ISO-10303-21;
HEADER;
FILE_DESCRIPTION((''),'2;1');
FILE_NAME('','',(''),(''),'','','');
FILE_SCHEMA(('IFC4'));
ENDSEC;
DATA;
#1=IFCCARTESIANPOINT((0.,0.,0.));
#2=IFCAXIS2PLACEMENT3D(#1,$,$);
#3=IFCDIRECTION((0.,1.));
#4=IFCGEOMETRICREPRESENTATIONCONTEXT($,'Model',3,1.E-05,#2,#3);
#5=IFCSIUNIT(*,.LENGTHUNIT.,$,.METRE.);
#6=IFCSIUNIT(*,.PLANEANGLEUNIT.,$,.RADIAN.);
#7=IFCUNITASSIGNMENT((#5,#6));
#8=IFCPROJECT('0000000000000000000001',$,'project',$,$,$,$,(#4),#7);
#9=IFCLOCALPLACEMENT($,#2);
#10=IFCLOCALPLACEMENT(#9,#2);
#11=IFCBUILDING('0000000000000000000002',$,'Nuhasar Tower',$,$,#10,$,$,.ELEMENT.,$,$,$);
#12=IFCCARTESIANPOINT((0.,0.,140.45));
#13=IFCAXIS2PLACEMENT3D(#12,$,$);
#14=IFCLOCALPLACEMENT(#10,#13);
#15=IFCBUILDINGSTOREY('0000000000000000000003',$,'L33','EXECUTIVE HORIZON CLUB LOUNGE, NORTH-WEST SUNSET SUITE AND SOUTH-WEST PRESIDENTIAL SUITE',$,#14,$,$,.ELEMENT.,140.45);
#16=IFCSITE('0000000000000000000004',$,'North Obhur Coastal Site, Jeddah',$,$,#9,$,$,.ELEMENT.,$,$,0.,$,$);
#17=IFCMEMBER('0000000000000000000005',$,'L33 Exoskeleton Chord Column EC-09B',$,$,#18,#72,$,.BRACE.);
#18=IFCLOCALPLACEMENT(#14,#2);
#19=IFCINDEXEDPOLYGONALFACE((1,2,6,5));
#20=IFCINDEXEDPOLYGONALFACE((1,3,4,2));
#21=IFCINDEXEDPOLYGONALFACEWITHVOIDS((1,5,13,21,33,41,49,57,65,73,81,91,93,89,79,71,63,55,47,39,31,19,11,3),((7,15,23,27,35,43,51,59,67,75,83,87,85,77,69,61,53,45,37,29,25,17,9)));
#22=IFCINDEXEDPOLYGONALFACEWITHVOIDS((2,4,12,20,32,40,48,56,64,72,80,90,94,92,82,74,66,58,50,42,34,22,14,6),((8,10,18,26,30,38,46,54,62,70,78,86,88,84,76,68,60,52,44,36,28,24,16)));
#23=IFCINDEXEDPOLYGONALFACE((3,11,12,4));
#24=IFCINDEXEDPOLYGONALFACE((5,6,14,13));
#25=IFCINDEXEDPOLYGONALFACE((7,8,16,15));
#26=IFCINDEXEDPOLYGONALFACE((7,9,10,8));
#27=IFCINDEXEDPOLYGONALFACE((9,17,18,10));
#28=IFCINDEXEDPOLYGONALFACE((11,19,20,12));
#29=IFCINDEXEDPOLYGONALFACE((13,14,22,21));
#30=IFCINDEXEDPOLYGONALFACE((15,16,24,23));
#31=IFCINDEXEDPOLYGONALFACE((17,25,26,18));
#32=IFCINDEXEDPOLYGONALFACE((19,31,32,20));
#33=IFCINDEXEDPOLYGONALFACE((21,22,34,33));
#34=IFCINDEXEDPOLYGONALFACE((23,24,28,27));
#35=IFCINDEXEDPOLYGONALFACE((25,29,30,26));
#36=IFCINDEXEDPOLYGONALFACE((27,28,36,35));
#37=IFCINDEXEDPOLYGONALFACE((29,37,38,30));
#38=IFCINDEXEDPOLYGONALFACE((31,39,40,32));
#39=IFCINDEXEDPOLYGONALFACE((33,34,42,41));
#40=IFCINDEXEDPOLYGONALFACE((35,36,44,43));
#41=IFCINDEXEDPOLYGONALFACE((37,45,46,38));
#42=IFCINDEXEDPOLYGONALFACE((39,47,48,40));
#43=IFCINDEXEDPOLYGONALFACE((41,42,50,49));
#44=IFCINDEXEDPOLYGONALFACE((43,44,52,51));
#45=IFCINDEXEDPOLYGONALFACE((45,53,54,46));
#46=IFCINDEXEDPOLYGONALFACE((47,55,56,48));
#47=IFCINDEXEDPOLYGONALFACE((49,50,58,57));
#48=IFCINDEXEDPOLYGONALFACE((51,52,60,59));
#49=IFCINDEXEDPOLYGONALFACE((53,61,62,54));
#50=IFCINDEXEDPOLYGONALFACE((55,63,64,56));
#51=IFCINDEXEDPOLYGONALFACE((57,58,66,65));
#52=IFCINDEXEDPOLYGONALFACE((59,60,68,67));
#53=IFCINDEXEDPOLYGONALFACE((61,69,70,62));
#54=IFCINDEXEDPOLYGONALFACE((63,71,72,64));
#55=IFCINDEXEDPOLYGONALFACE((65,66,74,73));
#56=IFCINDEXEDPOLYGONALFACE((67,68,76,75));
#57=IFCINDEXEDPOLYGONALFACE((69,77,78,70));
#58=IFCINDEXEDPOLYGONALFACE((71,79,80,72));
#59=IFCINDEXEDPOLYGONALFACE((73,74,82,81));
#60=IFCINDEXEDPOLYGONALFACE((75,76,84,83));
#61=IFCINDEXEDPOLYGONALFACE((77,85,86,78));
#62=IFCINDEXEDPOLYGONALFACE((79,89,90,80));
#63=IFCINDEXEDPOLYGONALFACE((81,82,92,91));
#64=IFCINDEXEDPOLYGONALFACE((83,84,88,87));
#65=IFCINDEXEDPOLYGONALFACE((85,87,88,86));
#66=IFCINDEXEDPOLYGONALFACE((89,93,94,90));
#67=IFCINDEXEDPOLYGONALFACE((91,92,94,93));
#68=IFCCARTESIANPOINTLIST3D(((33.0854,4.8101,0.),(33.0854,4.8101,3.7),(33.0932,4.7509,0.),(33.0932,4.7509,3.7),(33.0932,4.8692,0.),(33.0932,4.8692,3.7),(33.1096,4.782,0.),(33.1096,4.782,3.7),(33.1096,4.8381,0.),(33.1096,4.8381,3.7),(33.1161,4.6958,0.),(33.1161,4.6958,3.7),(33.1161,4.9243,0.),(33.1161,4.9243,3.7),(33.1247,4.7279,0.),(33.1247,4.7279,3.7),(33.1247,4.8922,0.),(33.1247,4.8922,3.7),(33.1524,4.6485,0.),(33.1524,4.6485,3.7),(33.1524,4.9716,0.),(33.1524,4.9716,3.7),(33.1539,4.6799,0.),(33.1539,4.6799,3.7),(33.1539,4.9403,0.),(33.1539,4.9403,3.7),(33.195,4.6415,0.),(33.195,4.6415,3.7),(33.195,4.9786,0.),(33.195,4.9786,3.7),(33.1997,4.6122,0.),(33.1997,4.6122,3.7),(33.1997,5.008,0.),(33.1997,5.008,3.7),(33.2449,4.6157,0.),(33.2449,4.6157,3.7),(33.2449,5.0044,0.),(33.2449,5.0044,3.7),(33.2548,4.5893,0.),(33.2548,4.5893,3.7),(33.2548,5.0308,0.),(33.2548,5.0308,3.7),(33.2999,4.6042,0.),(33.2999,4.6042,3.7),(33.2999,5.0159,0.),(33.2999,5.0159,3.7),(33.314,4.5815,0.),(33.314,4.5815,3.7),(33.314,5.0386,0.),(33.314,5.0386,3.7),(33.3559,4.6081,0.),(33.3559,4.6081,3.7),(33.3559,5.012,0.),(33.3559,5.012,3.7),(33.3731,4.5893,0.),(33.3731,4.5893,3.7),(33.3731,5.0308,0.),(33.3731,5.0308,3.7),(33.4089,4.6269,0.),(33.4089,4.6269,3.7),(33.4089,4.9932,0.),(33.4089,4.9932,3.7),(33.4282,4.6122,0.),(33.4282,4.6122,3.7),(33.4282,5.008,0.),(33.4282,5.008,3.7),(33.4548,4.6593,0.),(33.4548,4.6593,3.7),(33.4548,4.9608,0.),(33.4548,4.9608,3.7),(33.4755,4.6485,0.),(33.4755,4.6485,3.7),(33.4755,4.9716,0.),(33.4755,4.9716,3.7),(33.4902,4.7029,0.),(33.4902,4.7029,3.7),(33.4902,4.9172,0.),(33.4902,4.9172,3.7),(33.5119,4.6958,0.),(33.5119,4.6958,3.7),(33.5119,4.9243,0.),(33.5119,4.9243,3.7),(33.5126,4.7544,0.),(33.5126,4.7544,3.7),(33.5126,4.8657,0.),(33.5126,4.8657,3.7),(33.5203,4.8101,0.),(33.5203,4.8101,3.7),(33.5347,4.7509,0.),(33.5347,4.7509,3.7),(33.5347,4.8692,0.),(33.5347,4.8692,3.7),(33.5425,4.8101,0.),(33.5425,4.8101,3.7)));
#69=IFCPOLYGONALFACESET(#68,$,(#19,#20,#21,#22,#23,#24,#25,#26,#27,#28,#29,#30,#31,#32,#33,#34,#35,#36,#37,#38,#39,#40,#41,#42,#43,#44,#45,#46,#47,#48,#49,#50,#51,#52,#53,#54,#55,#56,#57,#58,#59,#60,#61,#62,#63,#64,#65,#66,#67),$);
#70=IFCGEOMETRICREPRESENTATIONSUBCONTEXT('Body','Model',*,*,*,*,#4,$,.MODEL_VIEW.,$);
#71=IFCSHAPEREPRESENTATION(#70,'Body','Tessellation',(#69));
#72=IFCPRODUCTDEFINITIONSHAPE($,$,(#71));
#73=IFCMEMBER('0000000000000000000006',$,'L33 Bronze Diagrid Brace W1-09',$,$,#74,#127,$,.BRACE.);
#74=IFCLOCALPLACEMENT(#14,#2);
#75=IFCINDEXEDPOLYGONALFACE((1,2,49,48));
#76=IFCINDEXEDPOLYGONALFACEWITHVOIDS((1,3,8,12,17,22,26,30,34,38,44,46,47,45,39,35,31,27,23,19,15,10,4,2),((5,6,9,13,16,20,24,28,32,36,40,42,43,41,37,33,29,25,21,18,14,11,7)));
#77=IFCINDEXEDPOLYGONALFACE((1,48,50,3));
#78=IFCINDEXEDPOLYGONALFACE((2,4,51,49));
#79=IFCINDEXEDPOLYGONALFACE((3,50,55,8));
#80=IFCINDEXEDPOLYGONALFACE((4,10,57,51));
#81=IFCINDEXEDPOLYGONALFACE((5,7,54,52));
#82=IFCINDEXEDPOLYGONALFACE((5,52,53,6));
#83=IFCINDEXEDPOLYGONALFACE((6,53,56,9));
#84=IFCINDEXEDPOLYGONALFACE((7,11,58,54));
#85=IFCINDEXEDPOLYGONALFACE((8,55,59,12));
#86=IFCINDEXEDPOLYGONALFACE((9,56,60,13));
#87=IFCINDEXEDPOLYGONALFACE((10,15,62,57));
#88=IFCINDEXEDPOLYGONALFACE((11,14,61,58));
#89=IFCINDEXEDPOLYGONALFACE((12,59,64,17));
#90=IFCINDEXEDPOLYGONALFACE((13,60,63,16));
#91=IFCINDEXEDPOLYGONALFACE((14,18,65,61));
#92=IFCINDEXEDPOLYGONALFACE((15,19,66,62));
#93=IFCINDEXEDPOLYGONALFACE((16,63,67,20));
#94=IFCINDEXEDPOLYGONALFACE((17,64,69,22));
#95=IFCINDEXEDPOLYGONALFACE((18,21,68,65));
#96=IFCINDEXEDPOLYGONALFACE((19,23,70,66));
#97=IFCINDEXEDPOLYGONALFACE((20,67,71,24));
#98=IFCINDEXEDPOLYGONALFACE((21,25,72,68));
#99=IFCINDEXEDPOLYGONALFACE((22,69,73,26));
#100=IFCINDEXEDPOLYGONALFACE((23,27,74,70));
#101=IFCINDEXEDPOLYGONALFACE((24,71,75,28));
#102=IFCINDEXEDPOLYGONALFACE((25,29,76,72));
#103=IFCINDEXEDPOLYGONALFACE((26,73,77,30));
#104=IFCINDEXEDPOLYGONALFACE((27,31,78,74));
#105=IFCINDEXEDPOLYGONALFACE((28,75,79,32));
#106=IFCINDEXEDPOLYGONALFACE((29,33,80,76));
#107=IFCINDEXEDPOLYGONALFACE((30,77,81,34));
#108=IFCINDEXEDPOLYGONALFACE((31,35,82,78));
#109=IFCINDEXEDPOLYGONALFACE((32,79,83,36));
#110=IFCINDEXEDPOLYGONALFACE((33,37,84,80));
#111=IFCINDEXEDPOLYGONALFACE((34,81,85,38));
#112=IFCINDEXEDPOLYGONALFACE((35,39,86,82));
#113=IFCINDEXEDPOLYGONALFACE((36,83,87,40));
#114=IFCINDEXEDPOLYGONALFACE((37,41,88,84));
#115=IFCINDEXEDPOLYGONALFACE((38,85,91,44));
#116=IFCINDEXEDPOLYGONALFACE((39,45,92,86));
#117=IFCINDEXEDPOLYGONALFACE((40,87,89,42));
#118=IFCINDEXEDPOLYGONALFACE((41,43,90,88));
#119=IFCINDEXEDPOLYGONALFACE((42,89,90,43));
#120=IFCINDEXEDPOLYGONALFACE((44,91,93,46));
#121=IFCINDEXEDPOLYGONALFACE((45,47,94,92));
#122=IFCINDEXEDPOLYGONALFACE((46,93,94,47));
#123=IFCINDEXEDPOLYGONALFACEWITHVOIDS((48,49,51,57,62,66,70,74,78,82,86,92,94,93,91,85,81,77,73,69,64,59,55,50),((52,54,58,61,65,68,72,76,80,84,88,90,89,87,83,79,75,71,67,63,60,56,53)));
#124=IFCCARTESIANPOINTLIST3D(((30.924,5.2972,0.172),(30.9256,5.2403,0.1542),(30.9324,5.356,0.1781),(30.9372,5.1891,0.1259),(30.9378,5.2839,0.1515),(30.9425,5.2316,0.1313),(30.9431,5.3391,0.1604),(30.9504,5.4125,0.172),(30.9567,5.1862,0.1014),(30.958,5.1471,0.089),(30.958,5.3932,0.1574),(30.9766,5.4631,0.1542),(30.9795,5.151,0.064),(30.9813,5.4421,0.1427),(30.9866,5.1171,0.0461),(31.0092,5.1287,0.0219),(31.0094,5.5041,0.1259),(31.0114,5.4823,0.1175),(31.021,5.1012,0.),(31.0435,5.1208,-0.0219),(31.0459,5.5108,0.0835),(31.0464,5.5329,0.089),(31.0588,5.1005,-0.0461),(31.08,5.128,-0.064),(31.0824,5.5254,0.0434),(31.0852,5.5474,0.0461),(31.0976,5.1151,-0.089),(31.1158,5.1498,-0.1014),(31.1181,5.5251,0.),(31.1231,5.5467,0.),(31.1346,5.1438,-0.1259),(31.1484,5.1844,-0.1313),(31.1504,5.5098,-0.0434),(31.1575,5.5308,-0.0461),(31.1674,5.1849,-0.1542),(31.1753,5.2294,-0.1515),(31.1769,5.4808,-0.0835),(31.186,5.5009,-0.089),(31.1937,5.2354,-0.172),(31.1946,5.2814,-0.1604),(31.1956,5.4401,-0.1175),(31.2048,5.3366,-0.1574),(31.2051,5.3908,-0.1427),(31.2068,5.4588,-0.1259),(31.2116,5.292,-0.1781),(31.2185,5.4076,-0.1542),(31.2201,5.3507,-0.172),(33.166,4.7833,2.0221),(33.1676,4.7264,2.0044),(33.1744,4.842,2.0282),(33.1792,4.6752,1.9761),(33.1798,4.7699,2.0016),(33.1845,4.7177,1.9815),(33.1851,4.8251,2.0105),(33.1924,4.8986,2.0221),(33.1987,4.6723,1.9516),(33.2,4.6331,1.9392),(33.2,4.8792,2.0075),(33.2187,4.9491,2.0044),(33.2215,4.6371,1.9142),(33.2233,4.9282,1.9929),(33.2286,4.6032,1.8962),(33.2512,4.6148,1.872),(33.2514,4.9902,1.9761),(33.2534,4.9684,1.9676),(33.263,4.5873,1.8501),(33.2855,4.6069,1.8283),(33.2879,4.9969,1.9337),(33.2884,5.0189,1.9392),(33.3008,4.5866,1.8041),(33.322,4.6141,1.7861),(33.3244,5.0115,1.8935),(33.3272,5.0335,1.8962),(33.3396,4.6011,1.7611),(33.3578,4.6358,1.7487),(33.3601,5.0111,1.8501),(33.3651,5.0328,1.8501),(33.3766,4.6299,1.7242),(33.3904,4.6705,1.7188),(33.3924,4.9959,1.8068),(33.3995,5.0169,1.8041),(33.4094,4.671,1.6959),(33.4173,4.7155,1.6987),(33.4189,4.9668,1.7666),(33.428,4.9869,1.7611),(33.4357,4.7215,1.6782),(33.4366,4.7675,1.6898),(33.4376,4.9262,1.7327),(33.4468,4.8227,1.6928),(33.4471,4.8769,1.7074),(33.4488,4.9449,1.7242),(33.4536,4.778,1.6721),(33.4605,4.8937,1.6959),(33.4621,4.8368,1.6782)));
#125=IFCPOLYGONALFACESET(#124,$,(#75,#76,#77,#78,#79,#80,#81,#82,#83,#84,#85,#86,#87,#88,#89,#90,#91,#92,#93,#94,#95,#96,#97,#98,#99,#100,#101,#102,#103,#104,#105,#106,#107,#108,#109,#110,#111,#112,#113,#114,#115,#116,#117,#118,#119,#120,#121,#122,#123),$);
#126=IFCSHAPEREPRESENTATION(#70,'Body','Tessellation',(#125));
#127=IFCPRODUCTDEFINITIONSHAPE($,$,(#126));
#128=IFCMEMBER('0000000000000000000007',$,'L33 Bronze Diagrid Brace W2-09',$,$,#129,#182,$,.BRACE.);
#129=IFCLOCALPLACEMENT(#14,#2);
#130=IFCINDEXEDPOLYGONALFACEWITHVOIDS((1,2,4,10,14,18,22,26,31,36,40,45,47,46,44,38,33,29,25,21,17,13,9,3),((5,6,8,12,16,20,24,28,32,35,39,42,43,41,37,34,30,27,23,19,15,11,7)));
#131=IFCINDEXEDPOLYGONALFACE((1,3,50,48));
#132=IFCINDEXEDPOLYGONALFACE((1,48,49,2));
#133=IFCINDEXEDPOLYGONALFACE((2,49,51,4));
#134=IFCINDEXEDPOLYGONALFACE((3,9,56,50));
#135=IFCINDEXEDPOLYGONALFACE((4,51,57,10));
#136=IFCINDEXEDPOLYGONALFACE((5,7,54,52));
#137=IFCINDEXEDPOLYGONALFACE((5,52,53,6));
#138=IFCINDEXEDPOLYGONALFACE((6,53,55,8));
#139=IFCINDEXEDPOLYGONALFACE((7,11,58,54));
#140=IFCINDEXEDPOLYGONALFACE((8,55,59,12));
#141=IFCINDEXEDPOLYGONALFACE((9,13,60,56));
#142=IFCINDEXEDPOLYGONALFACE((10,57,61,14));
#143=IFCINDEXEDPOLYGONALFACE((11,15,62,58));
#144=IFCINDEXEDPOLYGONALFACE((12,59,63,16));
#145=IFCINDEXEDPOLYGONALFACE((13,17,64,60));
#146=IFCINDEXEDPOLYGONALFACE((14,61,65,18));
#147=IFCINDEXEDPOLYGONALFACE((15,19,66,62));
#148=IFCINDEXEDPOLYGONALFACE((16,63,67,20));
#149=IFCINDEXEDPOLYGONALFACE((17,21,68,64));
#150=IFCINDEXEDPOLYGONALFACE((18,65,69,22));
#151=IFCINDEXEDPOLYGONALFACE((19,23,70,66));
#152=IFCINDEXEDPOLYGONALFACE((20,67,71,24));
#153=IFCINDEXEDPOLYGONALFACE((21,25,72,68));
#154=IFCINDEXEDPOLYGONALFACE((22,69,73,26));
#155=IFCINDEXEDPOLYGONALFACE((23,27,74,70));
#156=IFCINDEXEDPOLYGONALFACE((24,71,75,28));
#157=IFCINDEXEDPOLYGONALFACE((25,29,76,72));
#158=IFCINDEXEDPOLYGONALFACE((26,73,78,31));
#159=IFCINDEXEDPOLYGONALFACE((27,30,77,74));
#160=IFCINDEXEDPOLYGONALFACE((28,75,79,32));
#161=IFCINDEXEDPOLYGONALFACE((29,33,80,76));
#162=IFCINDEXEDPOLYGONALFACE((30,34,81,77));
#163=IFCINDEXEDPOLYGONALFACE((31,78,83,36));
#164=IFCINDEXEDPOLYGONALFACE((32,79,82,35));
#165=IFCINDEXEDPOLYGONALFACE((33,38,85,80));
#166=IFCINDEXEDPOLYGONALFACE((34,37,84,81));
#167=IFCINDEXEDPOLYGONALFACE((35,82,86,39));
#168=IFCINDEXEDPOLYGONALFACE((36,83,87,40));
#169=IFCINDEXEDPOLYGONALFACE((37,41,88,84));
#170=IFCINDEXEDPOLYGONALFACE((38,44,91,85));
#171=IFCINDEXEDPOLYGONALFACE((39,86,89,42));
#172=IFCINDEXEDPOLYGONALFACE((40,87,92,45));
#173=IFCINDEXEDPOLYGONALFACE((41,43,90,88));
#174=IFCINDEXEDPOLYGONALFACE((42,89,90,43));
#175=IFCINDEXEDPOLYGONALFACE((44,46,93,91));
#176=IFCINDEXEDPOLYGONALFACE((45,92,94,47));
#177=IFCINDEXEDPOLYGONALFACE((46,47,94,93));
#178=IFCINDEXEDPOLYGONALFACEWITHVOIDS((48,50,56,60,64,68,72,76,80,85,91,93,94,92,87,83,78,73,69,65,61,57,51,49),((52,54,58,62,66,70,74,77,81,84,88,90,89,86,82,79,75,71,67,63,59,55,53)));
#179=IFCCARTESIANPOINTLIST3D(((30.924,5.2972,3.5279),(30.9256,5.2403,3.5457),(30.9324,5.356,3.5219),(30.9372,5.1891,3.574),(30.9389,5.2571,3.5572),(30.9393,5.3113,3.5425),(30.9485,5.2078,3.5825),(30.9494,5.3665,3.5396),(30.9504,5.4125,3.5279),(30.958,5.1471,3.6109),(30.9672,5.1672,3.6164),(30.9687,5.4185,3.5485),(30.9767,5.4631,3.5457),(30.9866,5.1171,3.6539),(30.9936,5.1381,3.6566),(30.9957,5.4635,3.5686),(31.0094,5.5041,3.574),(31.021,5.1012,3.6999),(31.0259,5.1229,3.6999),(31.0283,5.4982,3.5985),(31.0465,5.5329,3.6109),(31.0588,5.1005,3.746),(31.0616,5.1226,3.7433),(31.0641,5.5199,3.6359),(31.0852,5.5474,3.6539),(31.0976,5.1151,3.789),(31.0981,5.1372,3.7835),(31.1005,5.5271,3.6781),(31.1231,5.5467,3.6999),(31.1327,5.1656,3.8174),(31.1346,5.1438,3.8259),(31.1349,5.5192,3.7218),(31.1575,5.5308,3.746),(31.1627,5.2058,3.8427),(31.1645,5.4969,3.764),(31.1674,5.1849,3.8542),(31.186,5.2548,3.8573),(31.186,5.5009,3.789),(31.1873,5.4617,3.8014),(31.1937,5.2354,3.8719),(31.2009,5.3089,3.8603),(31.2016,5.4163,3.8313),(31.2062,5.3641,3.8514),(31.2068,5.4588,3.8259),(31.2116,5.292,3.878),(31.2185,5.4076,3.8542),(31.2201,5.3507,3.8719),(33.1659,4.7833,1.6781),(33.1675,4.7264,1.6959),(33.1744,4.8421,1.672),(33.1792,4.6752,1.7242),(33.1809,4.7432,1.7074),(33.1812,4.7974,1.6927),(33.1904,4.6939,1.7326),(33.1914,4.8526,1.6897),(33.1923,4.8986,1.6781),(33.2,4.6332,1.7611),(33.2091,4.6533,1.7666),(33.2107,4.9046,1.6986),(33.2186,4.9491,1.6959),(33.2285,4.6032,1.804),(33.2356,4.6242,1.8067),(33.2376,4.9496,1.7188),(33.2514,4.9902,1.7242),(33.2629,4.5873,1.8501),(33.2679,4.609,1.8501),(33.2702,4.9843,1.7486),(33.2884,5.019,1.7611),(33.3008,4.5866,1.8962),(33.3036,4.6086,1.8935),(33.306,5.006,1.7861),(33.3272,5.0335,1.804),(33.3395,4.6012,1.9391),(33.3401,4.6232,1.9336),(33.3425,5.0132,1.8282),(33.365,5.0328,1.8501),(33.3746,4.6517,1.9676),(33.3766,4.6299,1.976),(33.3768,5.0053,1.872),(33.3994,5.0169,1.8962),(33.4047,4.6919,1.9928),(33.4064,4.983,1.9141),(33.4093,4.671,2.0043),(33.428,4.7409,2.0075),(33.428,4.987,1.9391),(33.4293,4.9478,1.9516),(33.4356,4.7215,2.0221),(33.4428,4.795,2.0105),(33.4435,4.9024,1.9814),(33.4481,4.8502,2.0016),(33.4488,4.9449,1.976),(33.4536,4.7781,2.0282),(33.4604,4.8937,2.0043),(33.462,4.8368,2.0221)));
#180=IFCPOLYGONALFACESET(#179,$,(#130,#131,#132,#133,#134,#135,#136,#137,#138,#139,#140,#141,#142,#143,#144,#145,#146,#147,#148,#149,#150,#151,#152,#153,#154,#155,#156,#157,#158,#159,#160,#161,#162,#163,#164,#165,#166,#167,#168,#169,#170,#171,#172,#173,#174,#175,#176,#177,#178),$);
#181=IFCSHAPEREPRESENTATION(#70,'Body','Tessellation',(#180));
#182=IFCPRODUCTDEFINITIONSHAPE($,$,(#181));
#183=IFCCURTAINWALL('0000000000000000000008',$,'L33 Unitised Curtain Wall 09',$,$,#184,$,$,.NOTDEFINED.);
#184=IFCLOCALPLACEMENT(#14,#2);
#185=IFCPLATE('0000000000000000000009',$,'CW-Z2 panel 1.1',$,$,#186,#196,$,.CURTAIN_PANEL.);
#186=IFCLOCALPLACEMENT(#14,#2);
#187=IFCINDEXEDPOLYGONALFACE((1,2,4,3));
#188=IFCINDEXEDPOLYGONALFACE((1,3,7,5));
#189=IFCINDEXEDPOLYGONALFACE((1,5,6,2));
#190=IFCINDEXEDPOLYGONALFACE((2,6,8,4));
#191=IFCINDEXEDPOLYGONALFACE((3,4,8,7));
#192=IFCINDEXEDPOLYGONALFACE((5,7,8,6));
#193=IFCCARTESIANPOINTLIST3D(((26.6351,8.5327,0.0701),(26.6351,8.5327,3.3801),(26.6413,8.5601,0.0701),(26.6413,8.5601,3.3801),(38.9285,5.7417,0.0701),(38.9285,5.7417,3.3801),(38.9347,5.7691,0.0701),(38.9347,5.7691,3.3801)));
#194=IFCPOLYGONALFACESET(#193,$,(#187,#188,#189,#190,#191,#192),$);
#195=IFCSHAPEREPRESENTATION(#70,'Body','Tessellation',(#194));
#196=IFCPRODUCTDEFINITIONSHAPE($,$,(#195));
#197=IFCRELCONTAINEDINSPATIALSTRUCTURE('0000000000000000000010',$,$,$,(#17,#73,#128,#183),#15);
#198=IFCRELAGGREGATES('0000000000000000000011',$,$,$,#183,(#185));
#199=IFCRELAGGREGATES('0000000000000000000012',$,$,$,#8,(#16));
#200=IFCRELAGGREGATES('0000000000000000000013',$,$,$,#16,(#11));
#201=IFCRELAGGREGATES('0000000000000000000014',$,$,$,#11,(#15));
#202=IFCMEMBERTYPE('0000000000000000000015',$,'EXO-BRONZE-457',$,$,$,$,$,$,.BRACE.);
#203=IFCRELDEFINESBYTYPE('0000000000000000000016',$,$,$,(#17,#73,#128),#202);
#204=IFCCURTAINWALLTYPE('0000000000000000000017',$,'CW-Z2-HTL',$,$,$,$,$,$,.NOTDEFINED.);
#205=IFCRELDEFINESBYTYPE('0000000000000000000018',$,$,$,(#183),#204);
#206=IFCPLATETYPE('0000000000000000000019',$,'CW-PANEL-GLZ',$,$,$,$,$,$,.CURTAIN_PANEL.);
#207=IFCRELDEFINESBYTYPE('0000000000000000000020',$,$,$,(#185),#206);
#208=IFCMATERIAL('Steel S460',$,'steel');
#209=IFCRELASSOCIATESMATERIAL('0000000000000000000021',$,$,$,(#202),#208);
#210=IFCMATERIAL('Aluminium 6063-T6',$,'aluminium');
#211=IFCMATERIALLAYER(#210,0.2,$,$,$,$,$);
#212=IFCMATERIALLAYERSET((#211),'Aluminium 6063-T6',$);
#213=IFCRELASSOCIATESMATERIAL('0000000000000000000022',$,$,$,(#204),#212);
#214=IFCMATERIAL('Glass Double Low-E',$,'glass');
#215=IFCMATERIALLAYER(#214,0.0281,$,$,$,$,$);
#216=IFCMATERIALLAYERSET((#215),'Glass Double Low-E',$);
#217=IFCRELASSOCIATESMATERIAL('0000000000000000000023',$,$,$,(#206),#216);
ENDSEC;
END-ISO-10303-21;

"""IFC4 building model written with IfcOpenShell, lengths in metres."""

from ifc_helpers import new_model, si_unit, direction, frame, origin, origin_2d, place, context, subcontext, project, spatial, rectangle, hollow_circle, extrude, material, layer, layer_set, material_profile, profile_set, type_object, element, aggregate, save


model = new_model("IFC4")

# Units and contexts
model_context = context("Model", 3, precision=1e-05, world=origin(), true_north=direction((0.0, 1.0)))
body_context = subcontext(model_context, "Body", "Model", "MODEL_VIEW")
ifc_project = project(units=[si_unit("LENGTHUNIT", "METRE"), si_unit("PLANEANGLEUNIT", "RADIAN")], contexts=[model_context])

# Site, building, storey
site_placement = place(None, origin())
site = spatial("IfcSite", under=ifc_project, at=site_placement, Name="North Obhur Coastal Site, Jeddah", CompositionType="ELEMENT", RefElevation=0.0)
building_placement = place(site_placement, origin())
building = spatial("IfcBuilding", under=site, at=building_placement, Name="Nuhasar Tower", CompositionType="ELEMENT")
storey_placement = place(building_placement, frame((0.0, 0.0, 140.45)))
storey = spatial("IfcBuildingStorey", under=building, at=storey_placement, Name="L33", Description="EXECUTIVE HORIZON CLUB LOUNGE, NORTH-WEST SUNSET SUITE AND SOUTH-WEST PRESIDENTIAL SUITE", CompositionType="ELEMENT", Elevation=140.45)

# Members
ifc_material_1 = material(Name="Steel S460", Category="steel")
ifc_material_profile_1 = material_profile(ifc_material_1, hollow_circle(Radius=0.2285, WallThickness=0.0222, at=origin_2d()), Name="HSS457X22.2")
ifc_profile_set_1 = profile_set([ifc_material_profile_1], Name="Steel S460")
member_type = type_object("IfcMemberType", Name="EXO-BRONZE-457", PredefinedType="BRACE", material=ifc_profile_set_1)
for number, where, z_axis, x_axis, name in (
    (1, (33.314, 4.8101, 0.0), (0.0, 0.0, 1.0), (1.0, 0.0, 0.0), "L33 Exoskeleton Chord Column EC-09B"),
):
    element("IfcMember", number, at=place(storey_placement, frame(where, z_axis=z_axis, x_axis=x_axis)), inside=storey, type_object=member_type, Name=name, PredefinedType="BRACE", context=body_context, shape_type="SweptSolid", body=[
        extrude(hollow_circle(Radius=0.2285, WallThickness=0.0222, at=origin_2d()), origin(), (0.0, 0.0, 1.0), 3.7),
    ])
member_1_placement = place(storey_placement, frame((31.072, 5.324, 0.0), z_axis=(0.75951, -0.174101, 0.626764), x_axis=(0.223433, 0.974719, 0.0)))
element("IfcMember", 2, at=member_1_placement, inside=storey, type_object=member_type, Name="L33 Bronze Diagrid Brace W1-09", PredefinedType="BRACE", context=body_context, shape_type="SweptSolid", body=[
    extrude(hollow_circle(Radius=0.2285, WallThickness=0.0222, at=origin_2d()), origin(), (0.0, 0.0, 1.0), 2.9519),
])
member_2_placement = place(storey_placement, frame((33.314, 4.8101, 1.8501), z_axis=(-0.75955, 0.17411, 0.626713), x_axis=(-0.223433, -0.974719, 0.0)))
element("IfcMember", 3, at=member_2_placement, inside=storey, type_object=member_type, Name="L33 Bronze Diagrid Brace W2-09", PredefinedType="BRACE", context=body_context, shape_type="SweptSolid", body=[
    extrude(hollow_circle(Radius=0.2285, WallThickness=0.0222, at=origin_2d()), origin(), (0.0, 0.0, 1.0), 2.9517),
])

# Curtain wall, plate
ifc_material_2 = material(Name="Aluminium 6063-T6", Category="aluminium")
ifc_layer_1 = layer(ifc_material_2, 0.2)
ifc_layer_set_1 = layer_set([ifc_layer_1], Name="Aluminium 6063-T6")
curtain_wall_type = type_object("IfcCurtainWallType", Name="CW-Z2-HTL", PredefinedType="NOTDEFINED", material=ifc_layer_set_1)
curtain_wall_placement = place(storey_placement, origin())
curtain_wall = element("IfcCurtainWall", 4, at=curtain_wall_placement, inside=storey, type_object=curtain_wall_type, Name="L33 Unitised Curtain Wall 09", PredefinedType="NOTDEFINED")
ifc_material_3 = material(Name="Glass Double Low-E", Category="glass")
ifc_layer_2 = layer(ifc_material_3, 0.0281)
ifc_layer_set_2 = layer_set([ifc_layer_2], Name="Glass Double Low-E")
plate_type = type_object("IfcPlateType", Name="CW-PANEL-GLZ", PredefinedType="CURTAIN_PANEL", material=ifc_layer_set_2)
plate_placement = place(storey_placement, frame((32.7849, 7.1509, 0.0701), z_axis=(0.0, 0.0, 1.0), x_axis=(0.975184, -0.221397, 0.0)))
plate = element("IfcPlate", 5, at=plate_placement, type_object=plate_type, Name="CW-Z2 panel 1.1", PredefinedType="CURTAIN_PANEL", context=body_context, shape_type="SweptSolid", body=[
    extrude(rectangle(XDim=12.6062, YDim=0.0281, at=origin_2d()), origin(), (0.0, 0.0, 1.0), 3.3101),
])
aggregate(curtain_wall, [plate])

save(model, "model.ifc")
